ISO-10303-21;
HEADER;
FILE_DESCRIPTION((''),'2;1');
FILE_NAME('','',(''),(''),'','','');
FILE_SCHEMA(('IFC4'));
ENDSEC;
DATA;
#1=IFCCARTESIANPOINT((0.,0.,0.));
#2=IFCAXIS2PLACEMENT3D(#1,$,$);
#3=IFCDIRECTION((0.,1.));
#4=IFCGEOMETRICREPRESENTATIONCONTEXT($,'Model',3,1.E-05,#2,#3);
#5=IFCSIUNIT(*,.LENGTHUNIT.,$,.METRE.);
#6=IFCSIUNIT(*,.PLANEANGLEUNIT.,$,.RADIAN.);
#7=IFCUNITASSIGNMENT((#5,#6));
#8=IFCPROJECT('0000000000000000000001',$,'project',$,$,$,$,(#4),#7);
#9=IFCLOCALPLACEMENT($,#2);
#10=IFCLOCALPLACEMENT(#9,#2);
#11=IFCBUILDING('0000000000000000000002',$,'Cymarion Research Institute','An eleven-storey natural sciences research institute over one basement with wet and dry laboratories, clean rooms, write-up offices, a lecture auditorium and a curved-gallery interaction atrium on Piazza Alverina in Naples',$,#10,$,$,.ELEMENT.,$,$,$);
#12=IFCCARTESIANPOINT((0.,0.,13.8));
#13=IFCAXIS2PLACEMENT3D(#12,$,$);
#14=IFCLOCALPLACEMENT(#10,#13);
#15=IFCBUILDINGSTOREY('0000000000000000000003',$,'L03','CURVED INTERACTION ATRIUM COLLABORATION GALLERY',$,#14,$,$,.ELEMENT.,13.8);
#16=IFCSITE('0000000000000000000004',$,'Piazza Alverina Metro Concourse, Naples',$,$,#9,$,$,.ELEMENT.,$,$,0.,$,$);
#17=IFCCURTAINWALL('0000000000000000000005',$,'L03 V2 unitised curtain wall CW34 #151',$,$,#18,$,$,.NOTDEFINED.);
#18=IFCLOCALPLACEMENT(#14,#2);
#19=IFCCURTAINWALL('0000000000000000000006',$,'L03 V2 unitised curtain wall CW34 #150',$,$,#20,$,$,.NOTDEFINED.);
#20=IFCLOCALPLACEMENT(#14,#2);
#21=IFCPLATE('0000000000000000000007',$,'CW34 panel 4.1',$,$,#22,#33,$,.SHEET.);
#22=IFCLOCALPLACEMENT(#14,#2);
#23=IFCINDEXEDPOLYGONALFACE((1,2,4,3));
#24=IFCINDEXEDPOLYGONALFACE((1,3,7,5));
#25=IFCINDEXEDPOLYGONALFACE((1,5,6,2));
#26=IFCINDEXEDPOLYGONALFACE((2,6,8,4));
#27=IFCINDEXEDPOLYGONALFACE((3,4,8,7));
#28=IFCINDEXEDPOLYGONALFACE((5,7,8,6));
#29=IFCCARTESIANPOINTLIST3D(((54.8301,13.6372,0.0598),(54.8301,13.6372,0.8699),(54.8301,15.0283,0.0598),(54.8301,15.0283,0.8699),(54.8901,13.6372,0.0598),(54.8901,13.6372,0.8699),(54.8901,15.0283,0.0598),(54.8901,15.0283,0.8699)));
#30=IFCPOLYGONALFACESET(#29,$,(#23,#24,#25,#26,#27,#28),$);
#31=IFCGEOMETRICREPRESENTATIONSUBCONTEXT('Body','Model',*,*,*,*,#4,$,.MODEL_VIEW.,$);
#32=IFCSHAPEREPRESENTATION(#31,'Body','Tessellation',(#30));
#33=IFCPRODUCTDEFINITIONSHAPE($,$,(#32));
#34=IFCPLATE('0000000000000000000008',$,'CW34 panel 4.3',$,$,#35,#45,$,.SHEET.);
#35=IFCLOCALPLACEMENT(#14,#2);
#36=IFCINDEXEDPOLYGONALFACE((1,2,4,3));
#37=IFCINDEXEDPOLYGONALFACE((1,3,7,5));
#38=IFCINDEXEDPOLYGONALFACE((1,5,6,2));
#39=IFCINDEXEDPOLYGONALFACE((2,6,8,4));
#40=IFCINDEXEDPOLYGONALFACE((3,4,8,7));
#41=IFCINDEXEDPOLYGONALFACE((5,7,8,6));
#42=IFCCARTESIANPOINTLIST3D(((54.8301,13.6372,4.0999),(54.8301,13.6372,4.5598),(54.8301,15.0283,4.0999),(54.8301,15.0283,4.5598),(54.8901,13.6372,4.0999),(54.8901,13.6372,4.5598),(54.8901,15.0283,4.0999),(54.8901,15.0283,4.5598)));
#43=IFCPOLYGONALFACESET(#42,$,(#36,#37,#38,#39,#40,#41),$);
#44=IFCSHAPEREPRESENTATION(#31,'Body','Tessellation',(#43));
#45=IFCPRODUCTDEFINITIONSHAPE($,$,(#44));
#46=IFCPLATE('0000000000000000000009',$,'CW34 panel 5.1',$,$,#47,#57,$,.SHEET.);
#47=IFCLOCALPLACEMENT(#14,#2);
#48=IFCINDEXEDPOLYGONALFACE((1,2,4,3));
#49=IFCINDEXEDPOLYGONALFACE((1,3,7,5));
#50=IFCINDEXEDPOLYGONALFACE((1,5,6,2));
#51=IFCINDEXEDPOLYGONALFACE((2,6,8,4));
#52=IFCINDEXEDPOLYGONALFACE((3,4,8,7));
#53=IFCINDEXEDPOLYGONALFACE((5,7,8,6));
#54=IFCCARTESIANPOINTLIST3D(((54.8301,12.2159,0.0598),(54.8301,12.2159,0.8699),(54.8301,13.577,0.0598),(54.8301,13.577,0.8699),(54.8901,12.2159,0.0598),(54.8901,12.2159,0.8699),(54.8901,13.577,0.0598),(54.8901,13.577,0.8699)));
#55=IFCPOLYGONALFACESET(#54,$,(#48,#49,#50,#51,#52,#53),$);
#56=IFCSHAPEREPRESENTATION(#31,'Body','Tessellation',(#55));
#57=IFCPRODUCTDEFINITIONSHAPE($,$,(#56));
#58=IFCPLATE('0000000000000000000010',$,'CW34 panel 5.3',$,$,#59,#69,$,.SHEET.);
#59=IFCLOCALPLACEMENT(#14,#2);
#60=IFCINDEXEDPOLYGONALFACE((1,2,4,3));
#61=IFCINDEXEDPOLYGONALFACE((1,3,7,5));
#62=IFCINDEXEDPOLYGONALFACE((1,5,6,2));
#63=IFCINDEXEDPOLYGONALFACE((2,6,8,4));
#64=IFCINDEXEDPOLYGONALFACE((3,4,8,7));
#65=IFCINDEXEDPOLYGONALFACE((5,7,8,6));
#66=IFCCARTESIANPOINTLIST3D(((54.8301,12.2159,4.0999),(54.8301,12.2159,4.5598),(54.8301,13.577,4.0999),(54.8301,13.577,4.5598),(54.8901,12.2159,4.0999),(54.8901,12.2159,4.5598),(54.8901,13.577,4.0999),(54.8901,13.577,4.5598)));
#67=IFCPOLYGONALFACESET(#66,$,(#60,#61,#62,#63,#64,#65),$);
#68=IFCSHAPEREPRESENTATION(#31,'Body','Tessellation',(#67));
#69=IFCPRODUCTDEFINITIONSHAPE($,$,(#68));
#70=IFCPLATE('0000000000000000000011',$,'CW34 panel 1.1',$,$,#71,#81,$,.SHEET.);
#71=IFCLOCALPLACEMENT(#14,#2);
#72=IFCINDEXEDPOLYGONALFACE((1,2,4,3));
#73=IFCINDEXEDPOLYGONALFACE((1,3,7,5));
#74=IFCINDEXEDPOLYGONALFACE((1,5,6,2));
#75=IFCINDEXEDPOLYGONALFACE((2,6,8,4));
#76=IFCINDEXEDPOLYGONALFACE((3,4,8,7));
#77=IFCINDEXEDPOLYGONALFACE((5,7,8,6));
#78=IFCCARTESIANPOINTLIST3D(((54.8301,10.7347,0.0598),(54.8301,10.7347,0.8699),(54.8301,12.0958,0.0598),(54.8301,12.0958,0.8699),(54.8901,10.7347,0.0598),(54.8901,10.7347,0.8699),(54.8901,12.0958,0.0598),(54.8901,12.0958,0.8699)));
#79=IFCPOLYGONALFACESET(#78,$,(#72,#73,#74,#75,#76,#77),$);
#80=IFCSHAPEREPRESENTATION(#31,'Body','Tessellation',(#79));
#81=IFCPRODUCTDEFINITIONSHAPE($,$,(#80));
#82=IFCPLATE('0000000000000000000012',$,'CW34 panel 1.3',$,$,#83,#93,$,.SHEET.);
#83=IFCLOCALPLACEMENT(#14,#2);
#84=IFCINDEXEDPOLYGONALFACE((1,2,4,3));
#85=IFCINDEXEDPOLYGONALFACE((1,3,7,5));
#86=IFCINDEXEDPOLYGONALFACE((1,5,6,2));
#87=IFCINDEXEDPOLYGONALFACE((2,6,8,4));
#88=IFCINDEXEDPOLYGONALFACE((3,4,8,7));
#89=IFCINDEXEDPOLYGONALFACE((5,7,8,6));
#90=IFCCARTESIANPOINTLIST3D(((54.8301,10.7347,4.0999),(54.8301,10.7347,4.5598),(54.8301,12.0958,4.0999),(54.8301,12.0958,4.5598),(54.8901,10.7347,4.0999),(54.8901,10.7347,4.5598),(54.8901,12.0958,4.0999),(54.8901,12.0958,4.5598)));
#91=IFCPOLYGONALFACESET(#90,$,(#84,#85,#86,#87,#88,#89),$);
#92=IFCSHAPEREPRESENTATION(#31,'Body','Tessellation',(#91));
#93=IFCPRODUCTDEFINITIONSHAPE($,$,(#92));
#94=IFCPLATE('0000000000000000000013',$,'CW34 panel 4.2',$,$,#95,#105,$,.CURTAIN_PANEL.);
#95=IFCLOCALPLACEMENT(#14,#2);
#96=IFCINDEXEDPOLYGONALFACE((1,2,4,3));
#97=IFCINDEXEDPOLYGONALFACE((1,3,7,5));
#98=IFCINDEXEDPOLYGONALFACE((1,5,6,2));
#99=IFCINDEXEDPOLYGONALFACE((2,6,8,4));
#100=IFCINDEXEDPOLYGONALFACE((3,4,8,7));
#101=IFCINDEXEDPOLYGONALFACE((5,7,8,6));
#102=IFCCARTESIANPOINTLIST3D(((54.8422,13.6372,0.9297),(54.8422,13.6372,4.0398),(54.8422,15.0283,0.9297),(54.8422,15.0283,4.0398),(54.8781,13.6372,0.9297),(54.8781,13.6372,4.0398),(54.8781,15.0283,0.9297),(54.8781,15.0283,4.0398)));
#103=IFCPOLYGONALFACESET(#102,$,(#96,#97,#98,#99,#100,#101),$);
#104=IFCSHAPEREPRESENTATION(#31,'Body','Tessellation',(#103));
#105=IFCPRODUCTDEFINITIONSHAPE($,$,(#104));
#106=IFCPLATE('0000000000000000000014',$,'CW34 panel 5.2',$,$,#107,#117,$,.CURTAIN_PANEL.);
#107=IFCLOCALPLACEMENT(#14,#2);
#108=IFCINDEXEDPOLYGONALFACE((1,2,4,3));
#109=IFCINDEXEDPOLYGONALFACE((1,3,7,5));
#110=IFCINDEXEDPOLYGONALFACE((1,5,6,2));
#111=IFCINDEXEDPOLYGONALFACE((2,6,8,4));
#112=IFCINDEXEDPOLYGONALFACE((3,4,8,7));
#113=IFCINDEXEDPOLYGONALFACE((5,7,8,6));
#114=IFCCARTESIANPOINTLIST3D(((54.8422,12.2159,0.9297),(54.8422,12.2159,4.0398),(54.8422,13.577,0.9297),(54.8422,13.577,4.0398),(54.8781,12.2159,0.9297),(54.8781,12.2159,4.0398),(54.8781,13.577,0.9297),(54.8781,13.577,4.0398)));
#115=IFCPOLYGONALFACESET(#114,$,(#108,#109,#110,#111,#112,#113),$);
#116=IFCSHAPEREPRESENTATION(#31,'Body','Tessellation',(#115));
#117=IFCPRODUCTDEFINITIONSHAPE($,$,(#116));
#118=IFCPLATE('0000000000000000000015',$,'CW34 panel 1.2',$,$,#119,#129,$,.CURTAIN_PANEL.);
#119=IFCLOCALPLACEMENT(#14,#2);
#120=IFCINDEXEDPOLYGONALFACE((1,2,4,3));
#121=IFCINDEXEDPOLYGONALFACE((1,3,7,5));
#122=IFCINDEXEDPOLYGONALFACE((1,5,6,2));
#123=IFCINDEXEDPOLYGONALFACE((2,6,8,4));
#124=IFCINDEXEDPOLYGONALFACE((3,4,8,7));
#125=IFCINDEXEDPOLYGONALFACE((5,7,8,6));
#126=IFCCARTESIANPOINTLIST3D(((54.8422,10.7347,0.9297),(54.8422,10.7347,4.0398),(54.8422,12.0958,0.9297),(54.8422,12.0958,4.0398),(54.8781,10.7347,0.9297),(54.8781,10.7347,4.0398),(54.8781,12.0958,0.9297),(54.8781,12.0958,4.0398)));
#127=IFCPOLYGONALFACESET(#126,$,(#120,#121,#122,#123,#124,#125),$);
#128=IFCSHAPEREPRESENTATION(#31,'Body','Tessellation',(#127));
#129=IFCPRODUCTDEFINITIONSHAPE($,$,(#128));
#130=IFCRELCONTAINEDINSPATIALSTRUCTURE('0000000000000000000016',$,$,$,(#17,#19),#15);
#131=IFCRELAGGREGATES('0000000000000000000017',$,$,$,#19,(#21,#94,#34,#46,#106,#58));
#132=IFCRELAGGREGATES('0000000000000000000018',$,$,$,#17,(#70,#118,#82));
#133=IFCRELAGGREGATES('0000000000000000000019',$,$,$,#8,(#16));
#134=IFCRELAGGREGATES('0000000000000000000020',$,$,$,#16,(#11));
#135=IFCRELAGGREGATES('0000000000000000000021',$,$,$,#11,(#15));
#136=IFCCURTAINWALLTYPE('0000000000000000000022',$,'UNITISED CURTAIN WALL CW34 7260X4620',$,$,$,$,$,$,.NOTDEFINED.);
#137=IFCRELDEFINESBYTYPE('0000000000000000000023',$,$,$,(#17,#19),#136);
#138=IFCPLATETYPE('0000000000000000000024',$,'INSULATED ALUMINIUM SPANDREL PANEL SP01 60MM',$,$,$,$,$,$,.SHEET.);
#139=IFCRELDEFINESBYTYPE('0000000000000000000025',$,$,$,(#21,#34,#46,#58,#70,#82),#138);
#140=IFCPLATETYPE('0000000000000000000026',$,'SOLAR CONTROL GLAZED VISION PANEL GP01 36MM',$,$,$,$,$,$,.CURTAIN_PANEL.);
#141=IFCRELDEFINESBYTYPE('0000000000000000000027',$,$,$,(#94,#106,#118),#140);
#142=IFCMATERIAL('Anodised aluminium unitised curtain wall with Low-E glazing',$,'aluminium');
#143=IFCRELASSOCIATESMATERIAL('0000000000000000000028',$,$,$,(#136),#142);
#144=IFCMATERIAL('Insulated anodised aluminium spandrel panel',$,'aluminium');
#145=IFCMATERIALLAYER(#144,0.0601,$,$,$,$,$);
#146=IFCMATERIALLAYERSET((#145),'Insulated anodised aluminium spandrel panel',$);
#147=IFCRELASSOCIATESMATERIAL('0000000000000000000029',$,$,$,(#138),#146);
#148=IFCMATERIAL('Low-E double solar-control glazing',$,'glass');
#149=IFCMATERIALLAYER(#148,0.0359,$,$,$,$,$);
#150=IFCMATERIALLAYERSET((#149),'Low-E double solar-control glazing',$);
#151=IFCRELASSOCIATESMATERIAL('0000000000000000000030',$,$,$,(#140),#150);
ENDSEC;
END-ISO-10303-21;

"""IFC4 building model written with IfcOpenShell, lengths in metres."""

from ifc_helpers import new_model, si_unit, direction, frame, origin, origin_2d, place, context, subcontext, project, spatial, rectangle, extrude, material, layer, layer_set, type_object, element, aggregate, save


model = new_model("IFC4")

# Units and contexts
model_context = context("Model", 3, precision=1e-05, world=origin(), true_north=direction((0.0, 1.0)))
body_context = subcontext(model_context, "Body", "Model", "MODEL_VIEW")
ifc_project = project(units=[si_unit("LENGTHUNIT", "METRE"), si_unit("PLANEANGLEUNIT", "RADIAN")], contexts=[model_context])

# Site, building, storey
site_placement = place(None, origin())
site = spatial("IfcSite", under=ifc_project, at=site_placement, Name="Piazza Alverina Metro Concourse, Naples", CompositionType="ELEMENT", RefElevation=0.0)
building_placement = place(site_placement, origin())
building = spatial("IfcBuilding", under=site, at=building_placement, Name="Cymarion Research Institute", Description="An eleven-storey natural sciences research institute over one basement with wet and dry laboratories, clean rooms, write-up offices, a lecture auditorium and a curved-gallery interaction atrium on Piazza Alverina in Naples", CompositionType="ELEMENT")
storey_placement = place(building_placement, frame((0.0, 0.0, 13.8)))
storey = spatial("IfcBuildingStorey", under=building, at=storey_placement, Name="L03", Description="CURVED INTERACTION ATRIUM COLLABORATION GALLERY", CompositionType="ELEMENT", Elevation=13.8)

# Curtain walls
ifc_material_1 = material(Name="Anodised aluminium unitised curtain wall with Low-E glazing", Category="aluminium")
curtain_wall_type = type_object("IfcCurtainWallType", Name="UNITISED CURTAIN WALL CW34 7260X4620", PredefinedType="NOTDEFINED", material=ifc_material_1)
curtain_wall_1_placement = place(storey_placement, origin())
curtain_wall_1 = element("IfcCurtainWall", 1, at=curtain_wall_1_placement, inside=storey, type_object=curtain_wall_type, Name="L03 V2 unitised curtain wall CW34 #151", PredefinedType="NOTDEFINED")
curtain_wall_2_placement = place(storey_placement, origin())
curtain_wall_2 = element("IfcCurtainWall", 2, at=curtain_wall_2_placement, inside=storey, type_object=curtain_wall_type, Name="L03 V2 unitised curtain wall CW34 #150", PredefinedType="NOTDEFINED")

# Plates
ifc_material_2 = material(Name="Insulated anodised aluminium spandrel panel", Category="aluminium")
ifc_layer_1 = layer(ifc_material_2, 0.0601)
ifc_layer_set_1 = layer_set([ifc_layer_1], Name="Insulated anodised aluminium spandrel panel")
plate_type_1 = type_object("IfcPlateType", Name="INSULATED ALUMINIUM SPANDREL PANEL SP01 60MM", PredefinedType="SHEET", material=ifc_layer_set_1)
plate_1_placement = place(storey_placement, frame((54.8601, 14.3328, 0.0598), z_axis=(0.0, 0.0, 1.0), x_axis=(0.0, -1.0, 0.0)))
plate_1 = element("IfcPlate", 3, at=plate_1_placement, type_object=plate_type_1, Name="CW34 panel 4.1", PredefinedType="SHEET", context=body_context, shape_type="SweptSolid", body=[
    extrude(rectangle(XDim=1.3911, YDim=0.0601, at=origin_2d()), origin(), (0.0, 0.0, 1.0), 0.8101),
])
plate_2_placement = place(storey_placement, frame((54.8601, 14.3328, 4.0999), z_axis=(0.0, 0.0, 1.0), x_axis=(0.0, -1.0, 0.0)))
plate_2 = element("IfcPlate", 4, at=plate_2_placement, type_object=plate_type_1, Name="CW34 panel 4.3", PredefinedType="SHEET", context=body_context, shape_type="SweptSolid", body=[
    extrude(rectangle(XDim=1.3911, YDim=0.0601, at=origin_2d()), origin(), (0.0, 0.0, 1.0), 0.46),
])
plate_3_placement = place(storey_placement, frame((54.8601, 12.8965, 0.0598), z_axis=(0.0, 0.0, 1.0), x_axis=(0.0, -1.0, 0.0)))
plate_3 = element("IfcPlate", 5, at=plate_3_placement, type_object=plate_type_1, Name="CW34 panel 5.1", PredefinedType="SHEET", context=body_context, shape_type="SweptSolid", body=[
    extrude(rectangle(XDim=1.3611, YDim=0.0601, at=origin_2d()), origin(), (0.0, 0.0, 1.0), 0.8101),
])
plate_4_placement = place(storey_placement, frame((54.8601, 12.8965, 4.0999), z_axis=(0.0, 0.0, 1.0), x_axis=(0.0, -1.0, 0.0)))
plate_4 = element("IfcPlate", 6, at=plate_4_placement, type_object=plate_type_1, Name="CW34 panel 5.3", PredefinedType="SHEET", context=body_context, shape_type="SweptSolid", body=[
    extrude(rectangle(XDim=1.3611, YDim=0.0601, at=origin_2d()), origin(), (0.0, 0.0, 1.0), 0.46),
])
plate_5_placement = place(storey_placement, frame((54.8601, 11.4153, 0.0598), z_axis=(0.0, 0.0, 1.0), x_axis=(0.0, -1.0, 0.0)))
plate_5 = element("IfcPlate", 7, at=plate_5_placement, type_object=plate_type_1, Name="CW34 panel 1.1", PredefinedType="SHEET", context=body_context, shape_type="SweptSolid", body=[
    extrude(rectangle(XDim=1.3611, YDim=0.0601, at=origin_2d()), origin(), (0.0, 0.0, 1.0), 0.8101),
])
plate_6_placement = place(storey_placement, frame((54.8601, 11.4153, 4.0999), z_axis=(0.0, 0.0, 1.0), x_axis=(0.0, -1.0, 0.0)))
plate_6 = element("IfcPlate", 8, at=plate_6_placement, type_object=plate_type_1, Name="CW34 panel 1.3", PredefinedType="SHEET", context=body_context, shape_type="SweptSolid", body=[
    extrude(rectangle(XDim=1.3611, YDim=0.0601, at=origin_2d()), origin(), (0.0, 0.0, 1.0), 0.46),
])
ifc_material_3 = material(Name="Low-E double solar-control glazing", Category="glass")
ifc_layer_2 = layer(ifc_material_3, 0.0359)
ifc_layer_set_2 = layer_set([ifc_layer_2], Name="Low-E double solar-control glazing")
plate_type_2 = type_object("IfcPlateType", Name="SOLAR CONTROL GLAZED VISION PANEL GP01 36MM", PredefinedType="CURTAIN_PANEL", material=ifc_layer_set_2)
plate_7_placement = place(storey_placement, frame((54.8601, 14.3328, 0.9297), z_axis=(0.0, 0.0, 1.0), x_axis=(0.0, -1.0, 0.0)))
plate_7 = element("IfcPlate", 9, at=plate_7_placement, type_object=plate_type_2, Name="CW34 panel 4.2", PredefinedType="CURTAIN_PANEL", context=body_context, shape_type="SweptSolid", body=[
    extrude(rectangle(XDim=1.3911, YDim=0.0359, at=origin_2d()), origin(), (0.0, 0.0, 1.0), 3.1101),
])
plate_8_placement = place(storey_placement, frame((54.8601, 12.8965, 0.9297), z_axis=(0.0, 0.0, 1.0), x_axis=(0.0, -1.0, 0.0)))
plate_8 = element("IfcPlate", 10, at=plate_8_placement, type_object=plate_type_2, Name="CW34 panel 5.2", PredefinedType="CURTAIN_PANEL", context=body_context, shape_type="SweptSolid", body=[
    extrude(rectangle(XDim=1.3611, YDim=0.0359, at=origin_2d()), origin(), (0.0, 0.0, 1.0), 3.1101),
])
aggregate(curtain_wall_2, [plate_1, plate_7, plate_2, plate_3, plate_8, plate_4])
plate_9_placement = place(storey_placement, frame((54.8601, 11.4153, 0.9297), z_axis=(0.0, 0.0, 1.0), x_axis=(0.0, -1.0, 0.0)))
plate_9 = element("IfcPlate", 11, at=plate_9_placement, type_object=plate_type_2, Name="CW34 panel 1.2", PredefinedType="CURTAIN_PANEL", context=body_context, shape_type="SweptSolid", body=[
    extrude(rectangle(XDim=1.3611, YDim=0.0359, at=origin_2d()), origin(), (0.0, 0.0, 1.0), 3.1101),
])
aggregate(curtain_wall_1, [plate_5, plate_9, plate_6])

save(model, "model.ifc")
